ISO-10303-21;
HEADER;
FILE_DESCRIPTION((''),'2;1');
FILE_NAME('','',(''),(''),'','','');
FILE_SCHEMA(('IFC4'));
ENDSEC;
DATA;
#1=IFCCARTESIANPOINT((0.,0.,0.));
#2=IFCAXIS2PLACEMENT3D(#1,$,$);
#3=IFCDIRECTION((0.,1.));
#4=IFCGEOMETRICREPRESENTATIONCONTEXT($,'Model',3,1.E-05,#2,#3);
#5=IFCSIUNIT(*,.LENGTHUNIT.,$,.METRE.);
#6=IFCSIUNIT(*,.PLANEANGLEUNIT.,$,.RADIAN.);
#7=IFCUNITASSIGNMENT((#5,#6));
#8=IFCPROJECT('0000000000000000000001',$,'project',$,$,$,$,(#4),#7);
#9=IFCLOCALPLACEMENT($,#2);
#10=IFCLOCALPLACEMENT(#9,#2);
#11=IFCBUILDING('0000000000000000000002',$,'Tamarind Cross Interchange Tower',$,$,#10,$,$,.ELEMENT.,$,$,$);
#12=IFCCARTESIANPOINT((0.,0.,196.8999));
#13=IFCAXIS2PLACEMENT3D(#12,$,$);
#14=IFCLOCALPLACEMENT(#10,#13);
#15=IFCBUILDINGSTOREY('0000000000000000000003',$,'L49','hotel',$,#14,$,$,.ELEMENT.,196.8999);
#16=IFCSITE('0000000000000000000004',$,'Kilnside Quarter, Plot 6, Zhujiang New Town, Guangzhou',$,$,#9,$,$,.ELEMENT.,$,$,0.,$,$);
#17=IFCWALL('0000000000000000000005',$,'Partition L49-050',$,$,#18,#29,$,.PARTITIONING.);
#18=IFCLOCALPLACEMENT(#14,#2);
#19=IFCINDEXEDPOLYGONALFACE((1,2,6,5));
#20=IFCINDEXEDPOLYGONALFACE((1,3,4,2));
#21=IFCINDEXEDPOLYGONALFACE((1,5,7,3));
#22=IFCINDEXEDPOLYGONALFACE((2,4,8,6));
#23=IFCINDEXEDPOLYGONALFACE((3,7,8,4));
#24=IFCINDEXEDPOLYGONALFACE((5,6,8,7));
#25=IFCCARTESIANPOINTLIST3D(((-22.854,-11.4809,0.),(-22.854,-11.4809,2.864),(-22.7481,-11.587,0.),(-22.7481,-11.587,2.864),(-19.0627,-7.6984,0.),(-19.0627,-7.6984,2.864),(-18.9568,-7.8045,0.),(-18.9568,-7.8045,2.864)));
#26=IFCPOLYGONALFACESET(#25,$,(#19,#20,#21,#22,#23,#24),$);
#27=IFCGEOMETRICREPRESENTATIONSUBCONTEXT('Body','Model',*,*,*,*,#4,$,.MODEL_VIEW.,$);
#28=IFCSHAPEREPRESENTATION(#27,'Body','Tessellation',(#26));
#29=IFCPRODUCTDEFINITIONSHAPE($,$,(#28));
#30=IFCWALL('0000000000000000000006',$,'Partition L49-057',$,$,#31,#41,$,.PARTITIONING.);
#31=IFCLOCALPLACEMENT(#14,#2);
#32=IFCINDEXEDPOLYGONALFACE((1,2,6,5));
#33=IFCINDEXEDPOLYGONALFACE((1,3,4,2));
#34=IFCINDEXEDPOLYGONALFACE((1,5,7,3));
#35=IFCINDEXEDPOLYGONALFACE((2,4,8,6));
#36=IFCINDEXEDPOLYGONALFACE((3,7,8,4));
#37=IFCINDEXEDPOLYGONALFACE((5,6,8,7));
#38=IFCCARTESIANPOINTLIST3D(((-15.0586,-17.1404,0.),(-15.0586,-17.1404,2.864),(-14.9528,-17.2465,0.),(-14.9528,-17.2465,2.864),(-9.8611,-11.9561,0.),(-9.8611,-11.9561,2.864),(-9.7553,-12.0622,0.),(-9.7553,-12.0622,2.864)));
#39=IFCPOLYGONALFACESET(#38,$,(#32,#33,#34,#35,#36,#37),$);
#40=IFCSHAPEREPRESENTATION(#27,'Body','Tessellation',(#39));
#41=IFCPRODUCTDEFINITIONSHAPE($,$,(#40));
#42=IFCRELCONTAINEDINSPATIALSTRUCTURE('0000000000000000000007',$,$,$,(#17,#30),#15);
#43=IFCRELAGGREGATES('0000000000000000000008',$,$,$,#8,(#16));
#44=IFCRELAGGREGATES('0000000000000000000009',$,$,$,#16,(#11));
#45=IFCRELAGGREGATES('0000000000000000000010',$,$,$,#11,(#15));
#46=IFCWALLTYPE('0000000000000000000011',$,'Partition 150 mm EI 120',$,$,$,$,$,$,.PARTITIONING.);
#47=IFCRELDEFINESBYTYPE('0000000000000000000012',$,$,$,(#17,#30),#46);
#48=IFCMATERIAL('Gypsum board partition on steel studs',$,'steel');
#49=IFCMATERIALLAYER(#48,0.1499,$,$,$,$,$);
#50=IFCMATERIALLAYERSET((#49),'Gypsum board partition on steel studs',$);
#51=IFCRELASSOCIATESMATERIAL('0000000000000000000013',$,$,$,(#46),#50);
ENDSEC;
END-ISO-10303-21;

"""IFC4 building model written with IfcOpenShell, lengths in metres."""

from ifc_helpers import new_model, si_unit, direction, frame, frame_2d, origin, place, context, subcontext, project, spatial, rectangle, extrude, material, layer, layer_set, type_object, element, save


model = new_model("IFC4")

# Units and contexts
model_context = context("Model", 3, precision=1e-05, world=origin(), true_north=direction((0.0, 1.0)))
body_context = subcontext(model_context, "Body", "Model", "MODEL_VIEW")
ifc_project = project(units=[si_unit("LENGTHUNIT", "METRE"), si_unit("PLANEANGLEUNIT", "RADIAN")], contexts=[model_context])

# Site, building, storey
site_placement = place(None, origin())
site = spatial("IfcSite", under=ifc_project, at=site_placement, Name="Kilnside Quarter, Plot 6, Zhujiang New Town, Guangzhou", CompositionType="ELEMENT", RefElevation=0.0)
building_placement = place(site_placement, origin())
building = spatial("IfcBuilding", under=site, at=building_placement, Name="Tamarind Cross Interchange Tower", CompositionType="ELEMENT")
storey_placement = place(building_placement, frame((0.0, 0.0, 196.8999)))
storey = spatial("IfcBuildingStorey", under=building, at=storey_placement, Name="L49", Description="hotel", CompositionType="ELEMENT", Elevation=196.8999)

# Shared definitions
ifc_material_1 = material(Name="Gypsum board partition on steel studs", Category="steel")
ifc_layer_1 = layer(ifc_material_1, 0.1499)
ifc_layer_set_1 = layer_set([ifc_layer_1], Name="Gypsum board partition on steel studs")
wall_type_1 = type_object("IfcWallType", Name="Partition 150 mm EI 120", PredefinedType="PARTITIONING", material=ifc_layer_set_1)

# Walls
wall_1_placement = place(storey_placement, frame((-22.801, -11.5339, 0.0), z_axis=(0.0, 0.0, 1.0), x_axis=(0.707927, 0.706286, 0.0)))
element("IfcWall", 1, at=wall_1_placement, inside=storey, type_object=wall_type_1, Name="Partition L49-050", PredefinedType="PARTITIONING", context=body_context, shape_type="SweptSolid", body=[
    extrude(rectangle(XDim=5.3555, YDim=0.1499, at=frame_2d((2.6777, 0.0))), origin(), (0.0, 0.0, 1.0), 2.864),
])
wall_2_placement = place(storey_placement, frame((-15.0056, -17.1934, 0.0), z_axis=(0.0, 0.0, 1.0), x_axis=(0.708004, 0.706208, 0.0)))
element("IfcWall", 2, at=wall_2_placement, inside=storey, type_object=wall_type_1, Name="Partition L49-057", PredefinedType="PARTITIONING", context=body_context, shape_type="SweptSolid", body=[
    extrude(rectangle(XDim=7.3411, YDim=0.1499, at=frame_2d((3.6704, 0.0))), origin(), (0.0, 0.0, 1.0), 2.864),
])

save(model, "model.ifc")
